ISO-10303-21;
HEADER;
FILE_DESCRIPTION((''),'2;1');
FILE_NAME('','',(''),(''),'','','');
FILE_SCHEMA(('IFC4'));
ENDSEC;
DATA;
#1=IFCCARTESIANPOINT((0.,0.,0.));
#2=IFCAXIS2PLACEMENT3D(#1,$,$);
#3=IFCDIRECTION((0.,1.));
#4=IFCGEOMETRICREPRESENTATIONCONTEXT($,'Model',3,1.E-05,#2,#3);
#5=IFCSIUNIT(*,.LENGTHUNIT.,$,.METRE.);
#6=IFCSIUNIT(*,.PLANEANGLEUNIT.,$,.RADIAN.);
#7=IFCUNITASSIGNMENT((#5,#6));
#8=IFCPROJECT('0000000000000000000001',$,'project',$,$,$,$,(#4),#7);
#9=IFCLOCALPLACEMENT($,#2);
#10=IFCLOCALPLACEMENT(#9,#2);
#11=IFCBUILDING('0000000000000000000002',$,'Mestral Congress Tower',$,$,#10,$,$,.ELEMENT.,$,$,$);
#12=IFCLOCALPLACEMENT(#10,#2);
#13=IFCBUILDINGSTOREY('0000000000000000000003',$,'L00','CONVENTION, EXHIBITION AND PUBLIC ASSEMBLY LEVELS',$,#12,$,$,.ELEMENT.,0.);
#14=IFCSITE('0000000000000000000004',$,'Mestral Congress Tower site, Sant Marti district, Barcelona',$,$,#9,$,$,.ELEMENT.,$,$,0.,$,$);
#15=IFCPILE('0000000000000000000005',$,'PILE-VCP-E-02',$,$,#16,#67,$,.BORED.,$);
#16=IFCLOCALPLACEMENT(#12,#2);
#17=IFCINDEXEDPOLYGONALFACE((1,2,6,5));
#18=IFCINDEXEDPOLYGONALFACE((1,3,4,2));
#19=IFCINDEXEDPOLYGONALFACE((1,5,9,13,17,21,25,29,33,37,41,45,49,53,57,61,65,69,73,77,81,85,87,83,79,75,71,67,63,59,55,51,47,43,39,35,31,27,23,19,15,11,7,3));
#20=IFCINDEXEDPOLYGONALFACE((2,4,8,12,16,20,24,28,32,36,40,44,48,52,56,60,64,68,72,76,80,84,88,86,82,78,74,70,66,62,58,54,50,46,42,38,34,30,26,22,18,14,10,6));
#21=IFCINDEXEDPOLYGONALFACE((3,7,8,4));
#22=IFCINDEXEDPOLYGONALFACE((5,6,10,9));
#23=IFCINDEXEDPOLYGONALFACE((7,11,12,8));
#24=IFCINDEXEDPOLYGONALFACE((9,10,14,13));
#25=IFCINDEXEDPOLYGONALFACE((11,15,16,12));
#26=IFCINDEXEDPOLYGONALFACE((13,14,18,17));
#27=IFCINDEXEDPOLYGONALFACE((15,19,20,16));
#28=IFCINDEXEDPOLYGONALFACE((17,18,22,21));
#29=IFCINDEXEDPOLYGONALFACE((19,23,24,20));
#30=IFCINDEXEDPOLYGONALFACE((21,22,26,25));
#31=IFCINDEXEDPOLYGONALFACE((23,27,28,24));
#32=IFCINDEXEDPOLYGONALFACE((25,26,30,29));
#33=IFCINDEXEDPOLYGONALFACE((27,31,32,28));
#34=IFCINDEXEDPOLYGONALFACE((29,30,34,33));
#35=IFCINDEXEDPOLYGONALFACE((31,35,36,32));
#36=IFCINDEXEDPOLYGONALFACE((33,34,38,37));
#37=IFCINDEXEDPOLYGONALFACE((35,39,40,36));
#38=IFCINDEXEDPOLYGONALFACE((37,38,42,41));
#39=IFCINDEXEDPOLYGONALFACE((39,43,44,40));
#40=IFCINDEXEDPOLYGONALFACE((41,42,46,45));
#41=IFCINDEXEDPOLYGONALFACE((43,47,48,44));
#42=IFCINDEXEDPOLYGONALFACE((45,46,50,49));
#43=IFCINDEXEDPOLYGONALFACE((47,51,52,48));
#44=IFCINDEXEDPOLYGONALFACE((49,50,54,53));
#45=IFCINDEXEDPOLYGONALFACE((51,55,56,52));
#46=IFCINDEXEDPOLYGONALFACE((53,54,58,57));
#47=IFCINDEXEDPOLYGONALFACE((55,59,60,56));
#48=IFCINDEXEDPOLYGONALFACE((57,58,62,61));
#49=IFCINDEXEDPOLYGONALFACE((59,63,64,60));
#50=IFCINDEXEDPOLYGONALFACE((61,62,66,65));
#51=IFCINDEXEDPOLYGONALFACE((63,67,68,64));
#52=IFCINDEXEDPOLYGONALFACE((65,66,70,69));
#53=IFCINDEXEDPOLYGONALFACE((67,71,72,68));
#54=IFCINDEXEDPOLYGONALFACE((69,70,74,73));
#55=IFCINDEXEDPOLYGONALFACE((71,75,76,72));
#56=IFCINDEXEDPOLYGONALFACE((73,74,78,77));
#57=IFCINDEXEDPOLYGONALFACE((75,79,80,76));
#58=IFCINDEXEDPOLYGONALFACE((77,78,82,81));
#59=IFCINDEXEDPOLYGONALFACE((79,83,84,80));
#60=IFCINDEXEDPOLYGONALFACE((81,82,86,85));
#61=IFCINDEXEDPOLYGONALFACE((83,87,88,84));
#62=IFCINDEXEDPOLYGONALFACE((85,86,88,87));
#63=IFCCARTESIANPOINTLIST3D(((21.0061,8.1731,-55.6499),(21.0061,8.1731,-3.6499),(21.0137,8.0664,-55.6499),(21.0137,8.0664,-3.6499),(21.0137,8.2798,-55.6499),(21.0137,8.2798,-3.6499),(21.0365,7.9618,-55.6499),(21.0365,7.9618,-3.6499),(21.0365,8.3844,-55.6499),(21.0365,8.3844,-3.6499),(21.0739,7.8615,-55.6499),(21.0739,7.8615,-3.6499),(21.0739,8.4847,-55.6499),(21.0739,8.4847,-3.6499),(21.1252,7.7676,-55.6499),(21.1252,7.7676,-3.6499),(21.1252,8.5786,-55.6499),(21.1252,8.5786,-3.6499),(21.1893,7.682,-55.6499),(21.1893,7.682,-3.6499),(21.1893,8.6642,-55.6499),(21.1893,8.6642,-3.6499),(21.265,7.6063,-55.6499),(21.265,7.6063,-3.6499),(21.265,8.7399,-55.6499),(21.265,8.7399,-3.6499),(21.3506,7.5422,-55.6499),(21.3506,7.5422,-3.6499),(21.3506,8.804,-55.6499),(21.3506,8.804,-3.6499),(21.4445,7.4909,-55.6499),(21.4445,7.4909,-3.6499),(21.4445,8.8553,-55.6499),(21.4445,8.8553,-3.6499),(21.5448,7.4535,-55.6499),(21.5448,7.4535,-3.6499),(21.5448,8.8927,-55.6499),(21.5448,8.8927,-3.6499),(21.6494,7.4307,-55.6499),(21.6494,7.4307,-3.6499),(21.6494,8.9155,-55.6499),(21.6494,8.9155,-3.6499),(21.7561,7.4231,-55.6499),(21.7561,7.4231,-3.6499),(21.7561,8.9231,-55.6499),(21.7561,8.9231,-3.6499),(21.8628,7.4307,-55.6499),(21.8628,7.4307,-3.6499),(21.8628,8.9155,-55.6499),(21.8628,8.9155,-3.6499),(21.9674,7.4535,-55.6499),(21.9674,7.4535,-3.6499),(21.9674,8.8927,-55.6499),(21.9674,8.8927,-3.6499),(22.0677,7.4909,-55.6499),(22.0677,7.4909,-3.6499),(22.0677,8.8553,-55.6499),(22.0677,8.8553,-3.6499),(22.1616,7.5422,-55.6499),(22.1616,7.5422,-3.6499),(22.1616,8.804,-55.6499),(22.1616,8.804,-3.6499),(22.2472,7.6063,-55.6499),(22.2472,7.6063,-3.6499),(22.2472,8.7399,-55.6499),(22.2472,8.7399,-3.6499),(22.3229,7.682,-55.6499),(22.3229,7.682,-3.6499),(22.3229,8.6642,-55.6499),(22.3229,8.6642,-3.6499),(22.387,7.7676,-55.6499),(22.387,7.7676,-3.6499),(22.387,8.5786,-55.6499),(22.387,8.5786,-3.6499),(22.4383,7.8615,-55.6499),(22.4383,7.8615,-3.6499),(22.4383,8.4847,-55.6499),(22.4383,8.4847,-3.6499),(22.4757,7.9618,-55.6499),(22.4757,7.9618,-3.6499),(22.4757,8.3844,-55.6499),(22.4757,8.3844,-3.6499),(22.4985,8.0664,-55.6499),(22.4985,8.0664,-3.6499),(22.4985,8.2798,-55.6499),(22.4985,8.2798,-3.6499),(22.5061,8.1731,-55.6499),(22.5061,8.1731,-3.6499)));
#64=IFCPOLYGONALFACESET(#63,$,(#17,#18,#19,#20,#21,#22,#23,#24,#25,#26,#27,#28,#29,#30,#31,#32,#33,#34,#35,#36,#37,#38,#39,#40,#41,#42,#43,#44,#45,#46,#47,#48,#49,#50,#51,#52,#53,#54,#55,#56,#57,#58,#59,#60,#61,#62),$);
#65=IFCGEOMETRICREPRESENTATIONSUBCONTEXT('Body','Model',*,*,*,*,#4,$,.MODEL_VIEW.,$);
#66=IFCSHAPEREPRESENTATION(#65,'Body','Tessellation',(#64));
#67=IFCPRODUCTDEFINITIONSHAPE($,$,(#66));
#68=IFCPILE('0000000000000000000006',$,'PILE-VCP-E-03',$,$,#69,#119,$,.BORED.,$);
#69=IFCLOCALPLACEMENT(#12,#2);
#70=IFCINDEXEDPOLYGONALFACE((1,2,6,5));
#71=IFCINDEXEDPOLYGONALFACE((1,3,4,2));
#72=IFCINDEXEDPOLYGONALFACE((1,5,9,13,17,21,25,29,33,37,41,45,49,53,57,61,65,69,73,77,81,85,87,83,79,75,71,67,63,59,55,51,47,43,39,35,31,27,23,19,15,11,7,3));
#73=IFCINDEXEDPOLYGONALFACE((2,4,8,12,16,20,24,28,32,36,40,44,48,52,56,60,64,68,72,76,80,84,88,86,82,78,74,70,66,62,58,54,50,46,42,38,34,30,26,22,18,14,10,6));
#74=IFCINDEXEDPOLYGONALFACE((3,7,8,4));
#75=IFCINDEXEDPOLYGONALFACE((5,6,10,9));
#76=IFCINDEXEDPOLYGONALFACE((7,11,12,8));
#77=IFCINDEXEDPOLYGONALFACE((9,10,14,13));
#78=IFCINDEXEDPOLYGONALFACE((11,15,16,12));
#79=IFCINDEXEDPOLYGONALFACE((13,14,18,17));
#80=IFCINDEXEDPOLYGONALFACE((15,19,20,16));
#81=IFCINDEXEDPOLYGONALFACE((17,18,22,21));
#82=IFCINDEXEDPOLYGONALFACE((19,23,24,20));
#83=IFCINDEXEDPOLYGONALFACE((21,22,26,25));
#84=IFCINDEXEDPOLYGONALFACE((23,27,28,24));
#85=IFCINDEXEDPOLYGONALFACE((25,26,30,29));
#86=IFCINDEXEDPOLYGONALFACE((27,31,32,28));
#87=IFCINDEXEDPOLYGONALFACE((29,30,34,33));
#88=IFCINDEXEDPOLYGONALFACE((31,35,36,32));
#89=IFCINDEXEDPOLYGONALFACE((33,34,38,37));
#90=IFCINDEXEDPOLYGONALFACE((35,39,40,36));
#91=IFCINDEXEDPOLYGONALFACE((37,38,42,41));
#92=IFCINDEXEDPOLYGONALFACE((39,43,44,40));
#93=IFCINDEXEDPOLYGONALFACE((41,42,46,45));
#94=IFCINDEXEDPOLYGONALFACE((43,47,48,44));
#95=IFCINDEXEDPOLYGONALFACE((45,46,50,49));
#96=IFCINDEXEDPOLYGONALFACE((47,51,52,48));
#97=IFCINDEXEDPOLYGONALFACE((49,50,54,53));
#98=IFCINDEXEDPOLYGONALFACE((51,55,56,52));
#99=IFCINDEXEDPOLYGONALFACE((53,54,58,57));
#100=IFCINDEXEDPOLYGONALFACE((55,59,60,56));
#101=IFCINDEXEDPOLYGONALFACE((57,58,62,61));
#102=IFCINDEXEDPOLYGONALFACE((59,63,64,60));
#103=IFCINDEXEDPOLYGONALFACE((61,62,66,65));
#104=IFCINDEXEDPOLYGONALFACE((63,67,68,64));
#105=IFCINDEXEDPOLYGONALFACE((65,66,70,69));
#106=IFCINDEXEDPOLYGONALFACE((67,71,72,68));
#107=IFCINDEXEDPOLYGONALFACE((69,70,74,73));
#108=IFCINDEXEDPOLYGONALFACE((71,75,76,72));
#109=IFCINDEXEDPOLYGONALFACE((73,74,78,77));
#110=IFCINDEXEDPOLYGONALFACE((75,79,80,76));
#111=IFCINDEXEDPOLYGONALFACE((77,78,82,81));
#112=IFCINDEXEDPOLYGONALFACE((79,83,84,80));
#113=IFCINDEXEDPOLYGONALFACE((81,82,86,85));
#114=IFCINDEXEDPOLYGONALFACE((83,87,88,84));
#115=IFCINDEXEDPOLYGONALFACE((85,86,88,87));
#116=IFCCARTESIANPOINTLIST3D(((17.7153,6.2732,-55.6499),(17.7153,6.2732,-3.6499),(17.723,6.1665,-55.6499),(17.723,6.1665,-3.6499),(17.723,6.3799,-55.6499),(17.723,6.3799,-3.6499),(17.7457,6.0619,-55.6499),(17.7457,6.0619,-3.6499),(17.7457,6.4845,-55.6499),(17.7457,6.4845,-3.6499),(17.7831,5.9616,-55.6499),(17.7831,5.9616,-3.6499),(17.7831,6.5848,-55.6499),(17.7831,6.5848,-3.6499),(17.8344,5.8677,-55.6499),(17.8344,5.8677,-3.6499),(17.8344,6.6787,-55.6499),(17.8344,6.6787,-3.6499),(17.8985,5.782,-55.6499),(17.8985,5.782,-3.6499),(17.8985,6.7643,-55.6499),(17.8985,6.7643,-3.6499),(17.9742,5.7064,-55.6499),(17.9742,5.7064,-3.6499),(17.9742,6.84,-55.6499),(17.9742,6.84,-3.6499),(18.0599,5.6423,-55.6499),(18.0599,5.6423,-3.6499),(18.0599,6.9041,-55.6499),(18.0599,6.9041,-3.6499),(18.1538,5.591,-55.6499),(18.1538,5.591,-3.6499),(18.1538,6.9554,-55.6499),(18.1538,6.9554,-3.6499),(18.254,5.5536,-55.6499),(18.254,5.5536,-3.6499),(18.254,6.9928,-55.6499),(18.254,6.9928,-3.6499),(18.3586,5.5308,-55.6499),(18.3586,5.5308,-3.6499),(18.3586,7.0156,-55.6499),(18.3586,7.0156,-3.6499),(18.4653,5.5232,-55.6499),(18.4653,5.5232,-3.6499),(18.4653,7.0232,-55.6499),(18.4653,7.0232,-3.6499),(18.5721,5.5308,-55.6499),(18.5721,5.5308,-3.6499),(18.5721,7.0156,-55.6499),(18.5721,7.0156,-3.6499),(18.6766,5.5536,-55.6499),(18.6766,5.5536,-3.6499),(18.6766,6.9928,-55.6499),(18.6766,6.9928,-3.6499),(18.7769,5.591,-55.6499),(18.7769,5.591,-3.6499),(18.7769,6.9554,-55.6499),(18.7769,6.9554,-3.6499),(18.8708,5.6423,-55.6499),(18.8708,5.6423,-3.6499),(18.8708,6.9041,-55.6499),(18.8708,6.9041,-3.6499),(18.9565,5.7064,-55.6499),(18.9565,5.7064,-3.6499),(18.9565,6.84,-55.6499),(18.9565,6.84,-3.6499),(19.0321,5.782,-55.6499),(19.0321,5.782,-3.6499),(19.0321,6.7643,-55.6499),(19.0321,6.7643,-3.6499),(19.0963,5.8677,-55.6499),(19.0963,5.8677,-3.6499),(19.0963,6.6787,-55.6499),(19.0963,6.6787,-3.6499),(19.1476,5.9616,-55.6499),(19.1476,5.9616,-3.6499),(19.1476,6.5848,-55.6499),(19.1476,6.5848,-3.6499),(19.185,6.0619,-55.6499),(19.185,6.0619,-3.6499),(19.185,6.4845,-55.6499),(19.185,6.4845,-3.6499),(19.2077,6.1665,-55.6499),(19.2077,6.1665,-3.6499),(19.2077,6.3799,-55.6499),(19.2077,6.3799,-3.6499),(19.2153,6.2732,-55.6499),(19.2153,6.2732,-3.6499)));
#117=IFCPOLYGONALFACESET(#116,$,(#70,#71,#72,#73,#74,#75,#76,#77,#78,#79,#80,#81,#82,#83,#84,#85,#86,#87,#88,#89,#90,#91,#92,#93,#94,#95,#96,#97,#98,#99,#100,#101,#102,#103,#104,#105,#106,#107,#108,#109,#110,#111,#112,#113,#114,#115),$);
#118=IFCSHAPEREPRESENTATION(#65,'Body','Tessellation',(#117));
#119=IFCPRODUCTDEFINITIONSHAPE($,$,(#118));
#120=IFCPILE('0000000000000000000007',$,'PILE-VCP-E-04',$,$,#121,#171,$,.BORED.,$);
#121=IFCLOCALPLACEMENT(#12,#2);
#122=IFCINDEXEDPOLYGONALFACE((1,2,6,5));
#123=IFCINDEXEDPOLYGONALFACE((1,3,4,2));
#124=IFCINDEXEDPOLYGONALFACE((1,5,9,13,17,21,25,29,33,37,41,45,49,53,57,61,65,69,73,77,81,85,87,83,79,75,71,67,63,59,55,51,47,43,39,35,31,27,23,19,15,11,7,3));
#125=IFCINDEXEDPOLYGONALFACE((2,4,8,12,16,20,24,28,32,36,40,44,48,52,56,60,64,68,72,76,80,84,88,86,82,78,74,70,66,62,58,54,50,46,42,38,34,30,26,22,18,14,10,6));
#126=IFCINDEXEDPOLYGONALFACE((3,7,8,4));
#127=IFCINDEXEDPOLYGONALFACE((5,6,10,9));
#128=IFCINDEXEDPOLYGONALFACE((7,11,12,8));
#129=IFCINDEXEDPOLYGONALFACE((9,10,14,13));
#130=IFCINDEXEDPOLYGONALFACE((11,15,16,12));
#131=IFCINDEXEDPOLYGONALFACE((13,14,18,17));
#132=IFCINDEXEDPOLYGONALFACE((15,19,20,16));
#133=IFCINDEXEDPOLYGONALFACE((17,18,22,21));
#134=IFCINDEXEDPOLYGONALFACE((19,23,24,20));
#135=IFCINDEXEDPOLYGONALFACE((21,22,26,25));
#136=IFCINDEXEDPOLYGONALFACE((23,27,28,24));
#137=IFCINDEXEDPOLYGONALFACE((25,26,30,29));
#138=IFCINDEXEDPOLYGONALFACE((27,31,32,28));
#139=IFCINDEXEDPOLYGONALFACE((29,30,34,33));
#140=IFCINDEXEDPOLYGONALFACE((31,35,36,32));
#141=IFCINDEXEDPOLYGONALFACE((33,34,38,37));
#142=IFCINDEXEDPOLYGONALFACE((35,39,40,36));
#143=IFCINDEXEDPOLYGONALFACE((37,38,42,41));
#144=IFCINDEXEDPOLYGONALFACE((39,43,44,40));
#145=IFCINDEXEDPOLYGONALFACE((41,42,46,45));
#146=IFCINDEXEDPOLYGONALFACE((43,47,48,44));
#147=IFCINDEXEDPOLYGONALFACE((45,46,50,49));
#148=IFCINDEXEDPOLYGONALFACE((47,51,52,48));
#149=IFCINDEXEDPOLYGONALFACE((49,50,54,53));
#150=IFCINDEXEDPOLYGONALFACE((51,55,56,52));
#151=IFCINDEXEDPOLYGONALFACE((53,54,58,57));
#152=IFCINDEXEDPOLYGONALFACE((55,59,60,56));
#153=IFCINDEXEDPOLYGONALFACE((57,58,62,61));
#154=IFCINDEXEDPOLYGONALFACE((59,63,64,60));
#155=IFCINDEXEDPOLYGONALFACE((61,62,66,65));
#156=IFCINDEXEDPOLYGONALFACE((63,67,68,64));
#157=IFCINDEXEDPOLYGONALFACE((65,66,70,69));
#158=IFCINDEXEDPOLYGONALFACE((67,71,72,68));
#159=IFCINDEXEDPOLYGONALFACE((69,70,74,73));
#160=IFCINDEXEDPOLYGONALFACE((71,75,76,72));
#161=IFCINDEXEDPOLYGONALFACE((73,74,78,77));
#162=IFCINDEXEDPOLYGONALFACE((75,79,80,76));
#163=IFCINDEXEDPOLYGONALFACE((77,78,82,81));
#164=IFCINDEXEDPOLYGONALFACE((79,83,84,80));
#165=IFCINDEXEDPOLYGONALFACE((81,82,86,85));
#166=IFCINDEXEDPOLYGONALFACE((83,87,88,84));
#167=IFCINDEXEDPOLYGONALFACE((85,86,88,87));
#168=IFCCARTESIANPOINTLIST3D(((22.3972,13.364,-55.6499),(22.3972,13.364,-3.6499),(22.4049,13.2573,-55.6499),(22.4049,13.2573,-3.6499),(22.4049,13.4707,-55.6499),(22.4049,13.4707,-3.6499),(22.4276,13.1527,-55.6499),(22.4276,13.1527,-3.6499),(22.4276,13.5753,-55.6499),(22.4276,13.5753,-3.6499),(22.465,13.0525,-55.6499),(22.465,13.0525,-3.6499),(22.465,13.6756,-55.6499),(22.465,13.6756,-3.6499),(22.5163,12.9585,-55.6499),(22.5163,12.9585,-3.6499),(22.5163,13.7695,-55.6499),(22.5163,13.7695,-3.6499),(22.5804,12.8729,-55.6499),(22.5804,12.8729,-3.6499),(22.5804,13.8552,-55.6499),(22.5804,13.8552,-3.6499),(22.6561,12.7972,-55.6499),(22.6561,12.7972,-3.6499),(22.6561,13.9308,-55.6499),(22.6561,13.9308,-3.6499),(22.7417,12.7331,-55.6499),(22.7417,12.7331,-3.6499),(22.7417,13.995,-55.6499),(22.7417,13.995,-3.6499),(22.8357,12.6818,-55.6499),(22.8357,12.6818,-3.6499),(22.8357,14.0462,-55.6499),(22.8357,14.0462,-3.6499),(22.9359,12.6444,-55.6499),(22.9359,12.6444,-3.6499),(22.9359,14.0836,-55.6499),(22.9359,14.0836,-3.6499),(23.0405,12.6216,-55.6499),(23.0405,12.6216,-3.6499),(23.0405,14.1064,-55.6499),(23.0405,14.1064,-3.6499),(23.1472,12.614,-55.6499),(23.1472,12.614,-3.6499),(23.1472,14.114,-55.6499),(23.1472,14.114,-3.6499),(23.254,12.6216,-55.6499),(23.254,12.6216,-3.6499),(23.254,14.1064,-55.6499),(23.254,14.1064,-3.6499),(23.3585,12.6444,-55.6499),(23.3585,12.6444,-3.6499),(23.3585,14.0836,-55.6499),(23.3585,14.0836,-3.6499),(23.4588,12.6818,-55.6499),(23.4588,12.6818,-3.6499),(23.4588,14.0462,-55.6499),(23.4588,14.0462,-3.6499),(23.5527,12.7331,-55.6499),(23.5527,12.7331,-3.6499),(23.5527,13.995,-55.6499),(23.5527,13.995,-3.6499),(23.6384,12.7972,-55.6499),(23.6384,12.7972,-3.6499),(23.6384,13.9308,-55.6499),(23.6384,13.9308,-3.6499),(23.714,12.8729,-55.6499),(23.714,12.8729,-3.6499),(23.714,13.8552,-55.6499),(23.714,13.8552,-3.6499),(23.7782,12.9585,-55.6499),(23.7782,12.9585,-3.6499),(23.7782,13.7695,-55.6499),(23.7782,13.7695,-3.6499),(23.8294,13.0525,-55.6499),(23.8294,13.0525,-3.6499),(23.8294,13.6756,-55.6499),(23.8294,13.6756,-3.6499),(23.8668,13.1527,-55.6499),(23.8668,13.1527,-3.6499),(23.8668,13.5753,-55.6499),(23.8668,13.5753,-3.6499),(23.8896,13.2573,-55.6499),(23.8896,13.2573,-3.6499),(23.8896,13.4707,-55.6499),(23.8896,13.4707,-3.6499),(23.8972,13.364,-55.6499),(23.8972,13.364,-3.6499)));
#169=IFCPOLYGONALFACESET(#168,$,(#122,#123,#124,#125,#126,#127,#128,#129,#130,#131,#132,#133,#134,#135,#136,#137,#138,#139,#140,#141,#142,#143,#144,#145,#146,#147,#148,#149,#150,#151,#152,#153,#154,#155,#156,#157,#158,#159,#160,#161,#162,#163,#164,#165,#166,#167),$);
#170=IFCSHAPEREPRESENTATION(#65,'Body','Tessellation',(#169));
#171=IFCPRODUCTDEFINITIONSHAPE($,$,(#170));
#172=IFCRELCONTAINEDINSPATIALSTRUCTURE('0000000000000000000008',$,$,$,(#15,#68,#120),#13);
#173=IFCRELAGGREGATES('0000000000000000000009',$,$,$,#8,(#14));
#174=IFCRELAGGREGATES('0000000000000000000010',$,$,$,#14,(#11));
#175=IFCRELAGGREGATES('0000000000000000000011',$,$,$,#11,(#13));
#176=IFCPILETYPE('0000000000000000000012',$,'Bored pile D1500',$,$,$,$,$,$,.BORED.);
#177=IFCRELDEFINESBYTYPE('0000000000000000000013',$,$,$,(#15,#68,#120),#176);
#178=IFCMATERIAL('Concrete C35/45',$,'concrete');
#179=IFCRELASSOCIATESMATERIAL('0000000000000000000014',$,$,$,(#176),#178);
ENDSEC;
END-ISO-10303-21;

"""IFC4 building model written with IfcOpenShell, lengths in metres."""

from ifc_helpers import new_model, si_unit, direction, frame, origin, origin_2d, place, context, subcontext, project, spatial, circle, extrude, material, material_profile, profile_set, type_object, element, save


model = new_model("IFC4")

# Units and contexts
model_context = context("Model", 3, precision=1e-05, world=origin(), true_north=direction((0.0, 1.0)))
body_context = subcontext(model_context, "Body", "Model", "MODEL_VIEW")
ifc_project = project(units=[si_unit("LENGTHUNIT", "METRE"), si_unit("PLANEANGLEUNIT", "RADIAN")], contexts=[model_context])

# Site, building, storey
site_placement = place(None, origin())
site = spatial("IfcSite", under=ifc_project, at=site_placement, Name="Mestral Congress Tower site, Sant Marti district, Barcelona", CompositionType="ELEMENT", RefElevation=0.0)
building_placement = place(site_placement, origin())
building = spatial("IfcBuilding", under=site, at=building_placement, Name="Mestral Congress Tower", CompositionType="ELEMENT")
storey_placement = place(building_placement, origin())
storey = spatial("IfcBuildingStorey", under=building, at=storey_placement, Name="L00", Description="CONVENTION, EXHIBITION AND PUBLIC ASSEMBLY LEVELS", CompositionType="ELEMENT", Elevation=0.0)

# Piles
ifc_material_1 = material(Name="Concrete C35/45", Category="concrete")
ifc_material_profile_1 = material_profile(ifc_material_1, circle(Radius=0.75, at=origin_2d()), Name="D1500")
ifc_profile_set_1 = profile_set([ifc_material_profile_1], Name="Concrete C35/45")
pile_type_1 = type_object("IfcPileType", Name="Bored pile D1500", PredefinedType="BORED", material=ifc_profile_set_1)
for number, where, z_axis, x_axis, name in (
    (1, (21.7561, 8.1731, -3.6499), (0.0, 0.0, -1.0), (1.0, 0.0, 0.0), "PILE-VCP-E-02"),
    (2, (18.4653, 6.2732, -3.6499), (0.0, 0.0, -1.0), (1.0, 0.0, 0.0), "PILE-VCP-E-03"),
    (3, (23.1472, 13.364, -3.6499), (0.0, 0.0, -1.0), (1.0, 0.0, 0.0), "PILE-VCP-E-04"),
):
    element("IfcPile", number, at=place(storey_placement, frame(where, z_axis=z_axis, x_axis=x_axis)), inside=storey, type_object=pile_type_1, Name=name, PredefinedType="BORED", context=body_context, shape_type="SweptSolid", body=[
        extrude(circle(Radius=0.75, at=origin_2d()), origin(), (0.0, 0.0, 1.0), 52.0),
    ])

save(model, "model.ifc")
